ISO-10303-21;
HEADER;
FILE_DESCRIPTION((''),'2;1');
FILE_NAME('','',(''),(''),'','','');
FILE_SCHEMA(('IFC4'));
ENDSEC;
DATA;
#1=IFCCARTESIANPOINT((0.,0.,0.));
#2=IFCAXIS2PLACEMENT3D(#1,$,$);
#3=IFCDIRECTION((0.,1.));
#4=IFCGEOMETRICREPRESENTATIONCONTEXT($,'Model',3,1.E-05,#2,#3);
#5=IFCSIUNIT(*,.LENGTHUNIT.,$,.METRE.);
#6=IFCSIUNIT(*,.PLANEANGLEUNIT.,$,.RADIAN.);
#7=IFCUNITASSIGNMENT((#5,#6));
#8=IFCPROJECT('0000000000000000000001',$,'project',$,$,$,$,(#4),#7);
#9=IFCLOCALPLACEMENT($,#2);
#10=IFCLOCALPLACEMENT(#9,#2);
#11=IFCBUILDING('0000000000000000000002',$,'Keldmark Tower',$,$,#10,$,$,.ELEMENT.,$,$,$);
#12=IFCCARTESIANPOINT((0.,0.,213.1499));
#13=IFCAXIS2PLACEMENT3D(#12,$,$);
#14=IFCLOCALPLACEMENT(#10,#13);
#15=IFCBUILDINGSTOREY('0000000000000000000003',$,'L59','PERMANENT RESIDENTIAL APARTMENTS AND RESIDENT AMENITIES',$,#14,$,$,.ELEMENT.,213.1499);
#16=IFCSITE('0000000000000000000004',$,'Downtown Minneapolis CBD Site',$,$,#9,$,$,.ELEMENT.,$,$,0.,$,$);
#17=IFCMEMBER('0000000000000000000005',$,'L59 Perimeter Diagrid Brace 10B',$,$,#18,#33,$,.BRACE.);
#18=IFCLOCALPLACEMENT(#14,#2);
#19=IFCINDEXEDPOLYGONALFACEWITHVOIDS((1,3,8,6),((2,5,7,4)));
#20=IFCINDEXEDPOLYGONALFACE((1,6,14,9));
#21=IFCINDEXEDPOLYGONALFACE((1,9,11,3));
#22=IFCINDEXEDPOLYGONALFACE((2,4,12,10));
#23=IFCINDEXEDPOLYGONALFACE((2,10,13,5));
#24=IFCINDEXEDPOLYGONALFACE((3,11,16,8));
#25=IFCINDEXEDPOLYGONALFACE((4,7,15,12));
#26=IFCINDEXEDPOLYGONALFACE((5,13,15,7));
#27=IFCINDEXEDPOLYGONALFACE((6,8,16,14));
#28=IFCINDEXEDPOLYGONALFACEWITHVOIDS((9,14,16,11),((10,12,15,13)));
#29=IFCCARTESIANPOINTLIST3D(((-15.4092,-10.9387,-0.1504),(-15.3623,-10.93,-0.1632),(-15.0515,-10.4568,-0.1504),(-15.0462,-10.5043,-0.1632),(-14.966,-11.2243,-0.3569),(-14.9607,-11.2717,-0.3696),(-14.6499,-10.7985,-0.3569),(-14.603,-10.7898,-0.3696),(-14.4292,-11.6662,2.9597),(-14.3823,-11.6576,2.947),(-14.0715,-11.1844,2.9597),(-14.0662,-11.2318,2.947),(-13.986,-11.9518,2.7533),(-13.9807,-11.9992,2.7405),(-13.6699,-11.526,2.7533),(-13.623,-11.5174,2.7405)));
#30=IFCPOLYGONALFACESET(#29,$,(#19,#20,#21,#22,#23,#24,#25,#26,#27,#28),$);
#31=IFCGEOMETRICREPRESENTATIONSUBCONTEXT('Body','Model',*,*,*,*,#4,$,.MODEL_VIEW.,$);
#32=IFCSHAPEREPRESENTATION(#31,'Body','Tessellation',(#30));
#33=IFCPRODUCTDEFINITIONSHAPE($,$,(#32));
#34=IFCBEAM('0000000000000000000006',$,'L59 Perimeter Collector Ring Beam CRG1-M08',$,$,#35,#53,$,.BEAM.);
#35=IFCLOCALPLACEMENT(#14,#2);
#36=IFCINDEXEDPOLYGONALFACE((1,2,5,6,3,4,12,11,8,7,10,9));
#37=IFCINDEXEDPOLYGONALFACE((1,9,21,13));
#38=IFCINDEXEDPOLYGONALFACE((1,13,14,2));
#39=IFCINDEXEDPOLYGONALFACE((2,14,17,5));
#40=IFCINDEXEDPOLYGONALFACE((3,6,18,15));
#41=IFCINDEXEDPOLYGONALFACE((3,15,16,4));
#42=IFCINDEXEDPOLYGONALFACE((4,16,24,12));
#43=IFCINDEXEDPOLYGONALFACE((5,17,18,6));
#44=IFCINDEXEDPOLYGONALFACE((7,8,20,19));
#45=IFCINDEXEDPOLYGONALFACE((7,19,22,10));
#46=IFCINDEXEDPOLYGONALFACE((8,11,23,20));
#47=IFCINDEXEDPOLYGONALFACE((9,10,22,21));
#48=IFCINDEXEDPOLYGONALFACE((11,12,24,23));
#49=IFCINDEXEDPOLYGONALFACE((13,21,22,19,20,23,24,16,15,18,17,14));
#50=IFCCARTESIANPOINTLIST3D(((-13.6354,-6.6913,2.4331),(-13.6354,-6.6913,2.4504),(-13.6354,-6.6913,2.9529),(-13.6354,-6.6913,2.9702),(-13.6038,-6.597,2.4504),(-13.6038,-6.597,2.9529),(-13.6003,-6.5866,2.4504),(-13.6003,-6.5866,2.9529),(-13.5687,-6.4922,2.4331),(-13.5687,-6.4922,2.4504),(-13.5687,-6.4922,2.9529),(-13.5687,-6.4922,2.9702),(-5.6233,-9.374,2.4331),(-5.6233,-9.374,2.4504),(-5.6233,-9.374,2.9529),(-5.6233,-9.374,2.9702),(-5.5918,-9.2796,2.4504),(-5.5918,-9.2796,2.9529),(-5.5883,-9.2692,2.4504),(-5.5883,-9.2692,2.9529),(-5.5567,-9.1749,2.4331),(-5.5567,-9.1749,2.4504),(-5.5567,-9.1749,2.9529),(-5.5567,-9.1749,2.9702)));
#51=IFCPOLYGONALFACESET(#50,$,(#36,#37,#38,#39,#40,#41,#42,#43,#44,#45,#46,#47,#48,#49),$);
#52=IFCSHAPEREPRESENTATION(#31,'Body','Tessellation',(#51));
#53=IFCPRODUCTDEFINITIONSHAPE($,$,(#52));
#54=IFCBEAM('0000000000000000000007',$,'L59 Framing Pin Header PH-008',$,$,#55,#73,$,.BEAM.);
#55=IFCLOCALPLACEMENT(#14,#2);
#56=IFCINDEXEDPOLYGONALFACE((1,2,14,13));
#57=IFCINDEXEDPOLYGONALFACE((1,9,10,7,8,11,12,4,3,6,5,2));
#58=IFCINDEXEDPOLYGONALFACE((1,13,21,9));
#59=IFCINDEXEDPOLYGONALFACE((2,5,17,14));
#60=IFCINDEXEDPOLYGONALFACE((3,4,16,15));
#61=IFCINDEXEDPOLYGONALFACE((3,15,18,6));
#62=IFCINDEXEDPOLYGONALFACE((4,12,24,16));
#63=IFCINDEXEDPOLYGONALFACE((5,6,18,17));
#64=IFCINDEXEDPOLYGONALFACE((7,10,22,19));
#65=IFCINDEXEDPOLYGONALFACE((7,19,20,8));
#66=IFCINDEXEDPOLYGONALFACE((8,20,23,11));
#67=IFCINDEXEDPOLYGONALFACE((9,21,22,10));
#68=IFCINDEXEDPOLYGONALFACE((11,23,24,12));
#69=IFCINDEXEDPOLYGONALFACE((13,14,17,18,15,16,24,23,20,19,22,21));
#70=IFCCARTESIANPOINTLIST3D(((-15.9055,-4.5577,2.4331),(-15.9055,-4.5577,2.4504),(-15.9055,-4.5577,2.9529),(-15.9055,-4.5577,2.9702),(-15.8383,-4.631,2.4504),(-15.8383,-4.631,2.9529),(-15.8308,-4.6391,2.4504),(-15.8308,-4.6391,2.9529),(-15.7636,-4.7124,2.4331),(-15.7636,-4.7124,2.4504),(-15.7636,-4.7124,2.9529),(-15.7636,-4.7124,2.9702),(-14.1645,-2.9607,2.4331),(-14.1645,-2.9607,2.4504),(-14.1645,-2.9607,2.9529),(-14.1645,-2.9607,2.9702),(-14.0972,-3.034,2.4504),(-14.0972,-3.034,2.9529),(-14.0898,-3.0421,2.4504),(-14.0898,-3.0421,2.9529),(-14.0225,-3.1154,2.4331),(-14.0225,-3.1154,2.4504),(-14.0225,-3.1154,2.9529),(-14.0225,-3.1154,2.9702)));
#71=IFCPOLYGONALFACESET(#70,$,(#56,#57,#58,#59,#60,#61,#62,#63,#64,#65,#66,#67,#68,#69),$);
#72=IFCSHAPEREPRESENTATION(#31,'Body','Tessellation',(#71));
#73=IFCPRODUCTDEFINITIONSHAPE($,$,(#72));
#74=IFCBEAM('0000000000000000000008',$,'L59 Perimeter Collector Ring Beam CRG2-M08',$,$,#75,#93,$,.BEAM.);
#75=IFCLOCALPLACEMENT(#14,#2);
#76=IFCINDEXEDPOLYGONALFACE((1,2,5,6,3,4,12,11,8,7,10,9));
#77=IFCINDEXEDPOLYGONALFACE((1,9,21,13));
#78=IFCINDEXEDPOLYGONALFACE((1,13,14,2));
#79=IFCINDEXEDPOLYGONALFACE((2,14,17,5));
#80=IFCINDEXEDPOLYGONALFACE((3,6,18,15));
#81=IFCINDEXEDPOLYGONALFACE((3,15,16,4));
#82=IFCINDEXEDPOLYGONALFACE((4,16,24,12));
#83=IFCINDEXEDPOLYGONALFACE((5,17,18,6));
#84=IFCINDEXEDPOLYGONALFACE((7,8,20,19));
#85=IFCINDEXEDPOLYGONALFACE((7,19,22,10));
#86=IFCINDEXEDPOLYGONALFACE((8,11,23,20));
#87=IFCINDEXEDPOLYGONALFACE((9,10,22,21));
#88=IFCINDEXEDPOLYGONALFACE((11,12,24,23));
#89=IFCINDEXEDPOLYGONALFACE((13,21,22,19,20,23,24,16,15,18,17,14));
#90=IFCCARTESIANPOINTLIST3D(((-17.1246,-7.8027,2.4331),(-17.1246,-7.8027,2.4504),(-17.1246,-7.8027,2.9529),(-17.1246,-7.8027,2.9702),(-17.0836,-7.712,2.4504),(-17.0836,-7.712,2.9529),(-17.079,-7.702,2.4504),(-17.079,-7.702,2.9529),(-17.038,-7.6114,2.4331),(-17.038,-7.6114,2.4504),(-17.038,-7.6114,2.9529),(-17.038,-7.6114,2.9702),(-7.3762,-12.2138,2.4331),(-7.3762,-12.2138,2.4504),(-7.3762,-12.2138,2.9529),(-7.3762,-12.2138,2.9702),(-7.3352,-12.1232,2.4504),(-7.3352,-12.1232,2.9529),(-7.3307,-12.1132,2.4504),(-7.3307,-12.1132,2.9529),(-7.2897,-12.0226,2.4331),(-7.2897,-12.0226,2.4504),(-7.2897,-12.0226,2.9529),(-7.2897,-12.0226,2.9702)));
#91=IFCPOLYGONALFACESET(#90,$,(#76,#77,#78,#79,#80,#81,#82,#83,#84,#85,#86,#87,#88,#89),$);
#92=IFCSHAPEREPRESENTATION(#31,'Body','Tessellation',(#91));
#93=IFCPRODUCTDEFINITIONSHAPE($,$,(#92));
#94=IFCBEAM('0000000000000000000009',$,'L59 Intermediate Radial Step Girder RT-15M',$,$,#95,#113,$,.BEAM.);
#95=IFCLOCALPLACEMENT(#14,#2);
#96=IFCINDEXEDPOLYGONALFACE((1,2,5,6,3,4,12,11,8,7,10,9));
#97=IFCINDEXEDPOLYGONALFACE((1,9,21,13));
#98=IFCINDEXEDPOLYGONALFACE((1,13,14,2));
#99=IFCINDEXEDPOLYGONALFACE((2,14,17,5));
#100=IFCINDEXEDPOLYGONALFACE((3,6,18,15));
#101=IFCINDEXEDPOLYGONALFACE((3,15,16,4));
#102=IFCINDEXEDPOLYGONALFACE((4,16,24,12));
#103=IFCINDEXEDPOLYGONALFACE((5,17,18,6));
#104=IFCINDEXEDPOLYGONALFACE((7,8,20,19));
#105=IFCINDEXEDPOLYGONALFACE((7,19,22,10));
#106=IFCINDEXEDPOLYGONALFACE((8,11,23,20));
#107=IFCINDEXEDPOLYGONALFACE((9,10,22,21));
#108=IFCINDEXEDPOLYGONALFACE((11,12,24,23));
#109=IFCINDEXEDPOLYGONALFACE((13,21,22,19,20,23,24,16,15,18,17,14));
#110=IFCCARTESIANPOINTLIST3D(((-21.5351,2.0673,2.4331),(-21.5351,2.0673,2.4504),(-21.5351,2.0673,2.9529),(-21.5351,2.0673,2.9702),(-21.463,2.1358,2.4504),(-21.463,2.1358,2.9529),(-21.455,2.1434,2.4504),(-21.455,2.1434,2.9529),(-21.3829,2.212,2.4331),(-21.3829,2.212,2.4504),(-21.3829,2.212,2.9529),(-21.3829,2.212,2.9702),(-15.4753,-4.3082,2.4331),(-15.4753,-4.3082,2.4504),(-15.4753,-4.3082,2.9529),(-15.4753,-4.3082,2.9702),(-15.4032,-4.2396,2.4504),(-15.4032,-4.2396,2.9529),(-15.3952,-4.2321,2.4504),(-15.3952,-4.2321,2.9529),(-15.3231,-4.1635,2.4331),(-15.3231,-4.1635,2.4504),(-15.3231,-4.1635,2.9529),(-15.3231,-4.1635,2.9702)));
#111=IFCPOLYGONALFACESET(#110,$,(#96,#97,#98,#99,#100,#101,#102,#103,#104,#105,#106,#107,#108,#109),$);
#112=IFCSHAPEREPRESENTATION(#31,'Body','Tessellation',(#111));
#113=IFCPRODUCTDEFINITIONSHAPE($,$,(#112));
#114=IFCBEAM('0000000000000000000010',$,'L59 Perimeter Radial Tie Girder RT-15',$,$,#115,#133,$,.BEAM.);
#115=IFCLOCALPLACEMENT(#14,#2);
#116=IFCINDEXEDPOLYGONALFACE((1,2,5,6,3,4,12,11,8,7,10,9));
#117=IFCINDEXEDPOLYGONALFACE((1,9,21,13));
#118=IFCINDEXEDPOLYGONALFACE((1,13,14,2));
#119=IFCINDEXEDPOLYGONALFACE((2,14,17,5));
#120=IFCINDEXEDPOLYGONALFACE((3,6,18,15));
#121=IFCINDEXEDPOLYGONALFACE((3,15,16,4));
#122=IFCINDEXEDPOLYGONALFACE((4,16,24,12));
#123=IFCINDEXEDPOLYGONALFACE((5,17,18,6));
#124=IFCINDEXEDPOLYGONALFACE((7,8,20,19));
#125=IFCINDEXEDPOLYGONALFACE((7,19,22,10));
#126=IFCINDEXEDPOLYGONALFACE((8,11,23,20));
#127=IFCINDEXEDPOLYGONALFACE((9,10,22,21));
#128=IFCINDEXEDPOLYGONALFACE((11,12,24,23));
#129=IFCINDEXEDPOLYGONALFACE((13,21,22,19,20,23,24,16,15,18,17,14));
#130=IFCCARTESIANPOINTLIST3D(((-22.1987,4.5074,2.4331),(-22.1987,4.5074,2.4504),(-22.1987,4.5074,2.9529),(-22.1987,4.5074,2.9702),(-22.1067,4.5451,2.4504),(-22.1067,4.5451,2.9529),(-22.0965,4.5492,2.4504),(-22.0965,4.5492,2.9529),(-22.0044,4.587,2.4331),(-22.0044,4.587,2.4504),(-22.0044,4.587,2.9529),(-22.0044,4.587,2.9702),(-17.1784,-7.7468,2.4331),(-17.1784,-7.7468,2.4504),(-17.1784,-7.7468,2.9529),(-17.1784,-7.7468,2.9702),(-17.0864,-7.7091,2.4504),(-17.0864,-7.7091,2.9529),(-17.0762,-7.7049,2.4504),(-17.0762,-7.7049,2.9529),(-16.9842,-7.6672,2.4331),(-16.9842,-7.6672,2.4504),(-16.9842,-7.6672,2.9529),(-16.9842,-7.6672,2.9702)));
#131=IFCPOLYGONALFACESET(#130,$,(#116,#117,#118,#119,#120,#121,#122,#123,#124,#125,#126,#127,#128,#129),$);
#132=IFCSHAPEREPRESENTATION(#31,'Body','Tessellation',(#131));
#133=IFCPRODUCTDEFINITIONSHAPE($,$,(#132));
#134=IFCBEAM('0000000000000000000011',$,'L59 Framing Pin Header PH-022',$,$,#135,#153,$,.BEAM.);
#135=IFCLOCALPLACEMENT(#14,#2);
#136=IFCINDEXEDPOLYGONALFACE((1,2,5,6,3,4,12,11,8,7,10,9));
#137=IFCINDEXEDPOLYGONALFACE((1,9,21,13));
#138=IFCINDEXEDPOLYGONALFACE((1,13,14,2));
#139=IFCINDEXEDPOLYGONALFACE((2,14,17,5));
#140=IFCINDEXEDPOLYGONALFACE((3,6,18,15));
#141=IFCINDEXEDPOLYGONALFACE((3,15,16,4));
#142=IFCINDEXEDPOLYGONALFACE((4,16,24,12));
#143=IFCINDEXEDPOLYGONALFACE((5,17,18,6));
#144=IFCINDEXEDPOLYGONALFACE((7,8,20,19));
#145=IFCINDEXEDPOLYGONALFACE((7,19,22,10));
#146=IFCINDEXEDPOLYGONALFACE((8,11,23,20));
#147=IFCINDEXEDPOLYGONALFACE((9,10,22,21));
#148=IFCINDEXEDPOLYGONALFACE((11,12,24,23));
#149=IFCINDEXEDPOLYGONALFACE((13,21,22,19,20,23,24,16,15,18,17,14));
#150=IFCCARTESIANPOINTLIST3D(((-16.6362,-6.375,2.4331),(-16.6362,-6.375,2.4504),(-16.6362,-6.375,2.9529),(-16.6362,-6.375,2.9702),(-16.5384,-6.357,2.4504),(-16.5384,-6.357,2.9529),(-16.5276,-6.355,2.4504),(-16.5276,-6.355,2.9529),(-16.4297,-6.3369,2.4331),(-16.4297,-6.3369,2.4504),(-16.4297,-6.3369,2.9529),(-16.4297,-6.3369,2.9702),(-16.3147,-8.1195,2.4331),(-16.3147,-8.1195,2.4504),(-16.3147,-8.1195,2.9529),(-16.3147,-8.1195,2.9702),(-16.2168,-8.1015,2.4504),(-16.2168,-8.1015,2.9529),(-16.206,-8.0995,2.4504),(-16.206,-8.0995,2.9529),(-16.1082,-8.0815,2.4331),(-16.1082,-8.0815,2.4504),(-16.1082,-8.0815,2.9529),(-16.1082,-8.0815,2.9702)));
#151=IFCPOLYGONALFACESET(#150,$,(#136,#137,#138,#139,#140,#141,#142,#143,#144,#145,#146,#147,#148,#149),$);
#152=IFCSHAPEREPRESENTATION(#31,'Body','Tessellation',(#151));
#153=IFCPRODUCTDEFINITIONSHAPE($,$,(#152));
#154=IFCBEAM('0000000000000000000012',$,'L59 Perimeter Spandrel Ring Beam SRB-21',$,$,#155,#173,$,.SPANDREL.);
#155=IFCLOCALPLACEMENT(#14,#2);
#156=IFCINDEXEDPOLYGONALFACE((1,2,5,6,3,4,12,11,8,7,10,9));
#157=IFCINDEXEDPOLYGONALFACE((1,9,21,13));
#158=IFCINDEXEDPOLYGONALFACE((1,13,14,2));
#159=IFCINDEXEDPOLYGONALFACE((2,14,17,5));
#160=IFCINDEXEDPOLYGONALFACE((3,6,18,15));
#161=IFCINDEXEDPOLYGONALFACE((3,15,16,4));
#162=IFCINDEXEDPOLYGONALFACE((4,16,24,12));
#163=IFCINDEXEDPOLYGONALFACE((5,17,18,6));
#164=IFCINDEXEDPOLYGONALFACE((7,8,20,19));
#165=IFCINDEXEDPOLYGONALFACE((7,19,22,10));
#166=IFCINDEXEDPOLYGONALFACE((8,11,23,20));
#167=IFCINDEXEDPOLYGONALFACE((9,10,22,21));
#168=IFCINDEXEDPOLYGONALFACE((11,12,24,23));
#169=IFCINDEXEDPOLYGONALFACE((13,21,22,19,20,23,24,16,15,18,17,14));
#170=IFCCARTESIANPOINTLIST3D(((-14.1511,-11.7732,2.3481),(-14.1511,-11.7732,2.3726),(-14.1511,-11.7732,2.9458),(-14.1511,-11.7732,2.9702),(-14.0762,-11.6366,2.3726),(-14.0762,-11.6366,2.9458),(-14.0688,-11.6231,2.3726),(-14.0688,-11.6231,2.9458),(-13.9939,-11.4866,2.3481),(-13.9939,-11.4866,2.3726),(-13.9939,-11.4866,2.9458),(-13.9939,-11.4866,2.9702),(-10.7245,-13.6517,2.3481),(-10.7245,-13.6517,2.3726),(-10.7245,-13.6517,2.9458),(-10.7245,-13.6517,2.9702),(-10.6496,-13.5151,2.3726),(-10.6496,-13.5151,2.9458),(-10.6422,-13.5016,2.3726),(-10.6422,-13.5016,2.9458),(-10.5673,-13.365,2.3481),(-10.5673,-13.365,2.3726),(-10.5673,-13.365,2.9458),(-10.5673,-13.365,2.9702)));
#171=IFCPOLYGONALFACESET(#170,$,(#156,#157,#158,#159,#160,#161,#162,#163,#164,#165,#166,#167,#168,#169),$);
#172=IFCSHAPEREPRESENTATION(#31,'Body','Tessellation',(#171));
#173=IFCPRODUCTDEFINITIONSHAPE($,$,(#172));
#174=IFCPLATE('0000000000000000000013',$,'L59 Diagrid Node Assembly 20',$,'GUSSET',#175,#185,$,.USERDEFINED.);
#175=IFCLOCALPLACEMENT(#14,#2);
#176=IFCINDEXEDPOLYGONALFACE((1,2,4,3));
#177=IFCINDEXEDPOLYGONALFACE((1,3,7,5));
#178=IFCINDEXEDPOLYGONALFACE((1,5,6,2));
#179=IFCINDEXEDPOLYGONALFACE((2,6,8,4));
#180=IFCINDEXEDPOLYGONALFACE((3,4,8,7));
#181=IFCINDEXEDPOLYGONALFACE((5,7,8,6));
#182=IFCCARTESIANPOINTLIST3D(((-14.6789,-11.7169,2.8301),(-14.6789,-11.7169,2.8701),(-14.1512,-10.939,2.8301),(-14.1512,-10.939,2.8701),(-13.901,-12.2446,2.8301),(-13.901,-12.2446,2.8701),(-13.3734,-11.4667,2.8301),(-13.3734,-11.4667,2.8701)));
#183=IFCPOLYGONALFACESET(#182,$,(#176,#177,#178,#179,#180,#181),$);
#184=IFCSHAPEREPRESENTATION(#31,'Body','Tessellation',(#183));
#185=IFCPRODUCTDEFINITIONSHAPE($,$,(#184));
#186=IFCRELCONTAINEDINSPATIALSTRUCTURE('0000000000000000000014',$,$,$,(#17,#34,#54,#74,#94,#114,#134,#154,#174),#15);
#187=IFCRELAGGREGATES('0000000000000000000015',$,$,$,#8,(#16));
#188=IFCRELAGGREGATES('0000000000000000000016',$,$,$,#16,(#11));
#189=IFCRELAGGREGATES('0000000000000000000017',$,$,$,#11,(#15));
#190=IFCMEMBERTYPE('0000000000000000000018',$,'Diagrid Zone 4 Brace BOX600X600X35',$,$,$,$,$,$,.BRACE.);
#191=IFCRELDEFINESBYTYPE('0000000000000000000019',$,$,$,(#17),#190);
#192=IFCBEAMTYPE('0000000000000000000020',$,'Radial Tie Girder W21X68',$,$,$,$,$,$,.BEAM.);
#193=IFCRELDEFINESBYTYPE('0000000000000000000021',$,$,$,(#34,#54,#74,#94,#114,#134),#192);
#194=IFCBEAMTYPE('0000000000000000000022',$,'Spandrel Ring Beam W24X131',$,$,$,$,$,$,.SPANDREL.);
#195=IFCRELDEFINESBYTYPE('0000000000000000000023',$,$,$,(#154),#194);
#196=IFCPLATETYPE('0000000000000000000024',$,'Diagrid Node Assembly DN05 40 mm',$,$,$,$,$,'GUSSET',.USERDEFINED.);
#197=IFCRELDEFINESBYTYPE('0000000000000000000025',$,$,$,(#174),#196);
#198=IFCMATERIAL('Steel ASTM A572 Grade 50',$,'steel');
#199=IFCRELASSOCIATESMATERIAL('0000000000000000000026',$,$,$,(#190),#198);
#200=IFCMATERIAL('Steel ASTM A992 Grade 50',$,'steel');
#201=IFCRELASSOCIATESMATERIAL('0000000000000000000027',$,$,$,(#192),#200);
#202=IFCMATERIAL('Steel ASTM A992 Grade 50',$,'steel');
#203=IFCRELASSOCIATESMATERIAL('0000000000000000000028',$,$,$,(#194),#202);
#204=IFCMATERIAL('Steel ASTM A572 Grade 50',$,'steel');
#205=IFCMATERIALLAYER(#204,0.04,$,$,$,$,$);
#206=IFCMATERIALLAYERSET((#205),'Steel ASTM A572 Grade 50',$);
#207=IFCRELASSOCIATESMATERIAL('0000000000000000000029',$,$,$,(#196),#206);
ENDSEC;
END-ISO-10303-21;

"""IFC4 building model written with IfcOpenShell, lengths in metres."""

from ifc_helpers import new_model, si_unit, direction, frame, origin, origin_2d, place, context, subcontext, project, spatial, rectangle, hollow_rectangle, i_section, extrude, material, layer, layer_set, material_profile, profile_set, type_object, element, save


model = new_model("IFC4")

# Units and contexts
model_context = context("Model", 3, precision=1e-05, world=origin(), true_north=direction((0.0, 1.0)))
body_context = subcontext(model_context, "Body", "Model", "MODEL_VIEW")
ifc_project = project(units=[si_unit("LENGTHUNIT", "METRE"), si_unit("PLANEANGLEUNIT", "RADIAN")], contexts=[model_context])

# Site, building, storey
site_placement = place(None, origin())
site = spatial("IfcSite", under=ifc_project, at=site_placement, Name="Downtown Minneapolis CBD Site", CompositionType="ELEMENT", RefElevation=0.0)
building_placement = place(site_placement, origin())
building = spatial("IfcBuilding", under=site, at=building_placement, Name="Keldmark Tower", CompositionType="ELEMENT")
storey_placement = place(building_placement, frame((0.0, 0.0, 213.1499)))
storey = spatial("IfcBuildingStorey", under=building, at=storey_placement, Name="L59", Description="PERMANENT RESIDENTIAL APARTMENTS AND RESIDENT AMENITIES", CompositionType="ELEMENT", Elevation=213.1499)

# Member
ifc_material_1 = material(Name="Steel ASTM A572 Grade 50", Category="steel")
ifc_material_profile_1 = material_profile(ifc_material_1, hollow_rectangle(XDim=0.6001, YDim=0.6001, WallThickness=0.0349, at=origin_2d()), Name="BOX600X600X35")
ifc_profile_set_1 = profile_set([ifc_material_profile_1], Name="Steel ASTM A572 Grade 50")
member_type = type_object("IfcMemberType", Name="Diagrid Zone 4 Brace BOX600X600X35", PredefinedType="BRACE", material=ifc_profile_set_1)
member_placement = place(storey_placement, frame((-15.0061, -10.8643, -0.26), z_axis=(0.293317, -0.217759, 0.930884), x_axis=(0.596088, 0.802919, 0.0)))
element("IfcMember", 1, at=member_placement, inside=storey, type_object=member_type, Name="L59 Perimeter Diagrid Brace 10B", PredefinedType="BRACE", context=body_context, shape_type="SweptSolid", body=[
    extrude(hollow_rectangle(XDim=0.6001, YDim=0.6001, WallThickness=0.0349, at=origin_2d()), origin(), (0.0, 0.0, 1.0), 3.3411),
])

# Beams
ifc_material_2 = material(Name="Steel ASTM A992 Grade 50", Category="steel")
ifc_material_profile_2 = material_profile(ifc_material_2, i_section(OverallWidth=0.21, OverallDepth=0.5371, WebThickness=0.011, FlangeThickness=0.0173, at=origin_2d()), Name="W21X68")
ifc_profile_set_2 = profile_set([ifc_material_profile_2], Name="Steel ASTM A992 Grade 50")
beam_type_1 = type_object("IfcBeamType", Name="Radial Tie Girder W21X68", PredefinedType="BEAM", material=ifc_profile_set_2)
beam_1_placement = place(storey_placement, frame((-13.6021, -6.5918, 2.7017), z_axis=(0.948258, -0.317502, 0.0), x_axis=(0.317502, 0.948258, 0.0)))
element("IfcBeam", 2, at=beam_1_placement, inside=storey, type_object=beam_type_1, Name="L59 Perimeter Collector Ring Beam CRG1-M08", PredefinedType="BEAM", context=body_context, shape_type="SweptSolid", body=[
    extrude(i_section(OverallWidth=0.21, OverallDepth=0.5371, WebThickness=0.011, FlangeThickness=0.0173, at=origin_2d()), origin(), (0.0, 0.0, 1.0), 8.4492),
])
beam_2_placement = place(storey_placement, frame((-14.0935, -3.0381, 2.7017), z_axis=(-0.736935, -0.675963, 0.0), x_axis=(0.675963, -0.736935, 0.0)))
element("IfcBeam", 3, at=beam_2_placement, inside=storey, type_object=beam_type_1, Name="L59 Framing Pin Header PH-008", PredefinedType="BEAM", context=body_context, shape_type="SweptSolid", body=[
    extrude(i_section(OverallWidth=0.21, OverallDepth=0.5371, WebThickness=0.011, FlangeThickness=0.0173, at=origin_2d()), origin(), (0.0, 0.0, 1.0), 2.3625),
])
beam_3_placement = place(storey_placement, frame((-17.0813, -7.707, 2.7017), z_axis=(0.911066, -0.41226, 0.0), x_axis=(0.41226, 0.911066, 0.0)))
element("IfcBeam", 4, at=beam_3_placement, inside=storey, type_object=beam_type_1, Name="L59 Perimeter Collector Ring Beam CRG2-M08", PredefinedType="BEAM", context=body_context, shape_type="SweptSolid", body=[
    extrude(i_section(OverallWidth=0.21, OverallDepth=0.5371, WebThickness=0.011, FlangeThickness=0.0173, at=origin_2d()), origin(), (0.0, 0.0, 1.0), 10.7),
])
beam_4_placement = place(storey_placement, frame((-15.3992, -4.2358, 2.7017), z_axis=(-0.688935, 0.724823, 0.0), x_axis=(-0.724823, -0.688935, 0.0)))
element("IfcBeam", 5, at=beam_4_placement, inside=storey, type_object=beam_type_1, Name="L59 Intermediate Radial Step Girder RT-15M", PredefinedType="BEAM", context=body_context, shape_type="SweptSolid", body=[
    extrude(i_section(OverallWidth=0.21, OverallDepth=0.5371, WebThickness=0.011, FlangeThickness=0.0173, at=origin_2d()), origin(), (0.0, 0.0, 1.0), 8.7959),
])
beam_5_placement = place(storey_placement, frame((-17.0813, -7.707, 2.7017), z_axis=(-0.379099, 0.925356, 0.0), x_axis=(-0.925356, -0.379099, 0.0)))
element("IfcBeam", 6, at=beam_5_placement, inside=storey, type_object=beam_type_1, Name="L59 Perimeter Radial Tie Girder RT-15", PredefinedType="BEAM", context=body_context, shape_type="SweptSolid", body=[
    extrude(i_section(OverallWidth=0.21, OverallDepth=0.5371, WebThickness=0.011, FlangeThickness=0.0173, at=origin_2d()), origin(), (0.0, 0.0, 1.0), 13.2427),
])
beam_6_placement = place(storey_placement, frame((-16.533, -6.356, 2.7017), z_axis=(0.181246, -0.983438, 0.0), x_axis=(0.983438, 0.181246, 0.0)))
element("IfcBeam", 7, at=beam_6_placement, inside=storey, type_object=beam_type_1, Name="L59 Framing Pin Header PH-022", PredefinedType="BEAM", context=body_context, shape_type="SweptSolid", body=[
    extrude(i_section(OverallWidth=0.21, OverallDepth=0.5371, WebThickness=0.011, FlangeThickness=0.0173, at=origin_2d()), origin(), (0.0, 0.0, 1.0), 1.7739),
])
ifc_material_3 = material(Name="Steel ASTM A992 Grade 50", Category="steel")
ifc_material_profile_3 = material_profile(ifc_material_3, i_section(OverallWidth=0.3269, OverallDepth=0.6221, WebThickness=0.0154, FlangeThickness=0.0244, at=origin_2d()), Name="W24X131")
ifc_profile_set_3 = profile_set([ifc_material_profile_3], Name="Steel ASTM A992 Grade 50")
beam_type_2 = type_object("IfcBeamType", Name="Spandrel Ring Beam W24X131", PredefinedType="SPANDREL", material=ifc_profile_set_3)
beam_7_placement = place(storey_placement, frame((-14.0725, -11.6299, 2.6592), z_axis=(0.876881, -0.480707, 0.0), x_axis=(0.480707, 0.876881, 0.0)))
element("IfcBeam", 8, at=beam_7_placement, inside=storey, type_object=beam_type_2, Name="L59 Perimeter Spandrel Ring Beam SRB-21", PredefinedType="SPANDREL", context=body_context, shape_type="SweptSolid", body=[
    extrude(i_section(OverallWidth=0.3269, OverallDepth=0.6221, WebThickness=0.0154, FlangeThickness=0.0244, at=origin_2d()), origin(), (0.0, 0.0, 1.0), 3.9077),
])

# Plate
ifc_material_4 = material(Name="Steel ASTM A572 Grade 50", Category="steel")
ifc_layer_1 = layer(ifc_material_4, 0.04)
ifc_layer_set_1 = layer_set([ifc_layer_1], Name="Steel ASTM A572 Grade 50")
plate_type = type_object("IfcPlateType", Name="Diagrid Node Assembly DN05 40 mm", ElementType="GUSSET", PredefinedType="USERDEFINED", material=ifc_layer_set_1)
plate_placement = place(storey_placement, frame((-14.0261, -11.5918, 2.8301), z_axis=(0.0, 0.0, 1.0), x_axis=(0.827571, -0.561361, 0.0)))
element("IfcPlate", 9, at=plate_placement, inside=storey, type_object=plate_type, Name="L59 Diagrid Node Assembly 20", ObjectType="GUSSET", PredefinedType="USERDEFINED", context=body_context, shape_type="SweptSolid", body=[
    extrude(rectangle(XDim=0.9399, YDim=0.9399, at=origin_2d()), origin(), (0.0, 0.0, 1.0), 0.04),
])

save(model, "model.ifc")
